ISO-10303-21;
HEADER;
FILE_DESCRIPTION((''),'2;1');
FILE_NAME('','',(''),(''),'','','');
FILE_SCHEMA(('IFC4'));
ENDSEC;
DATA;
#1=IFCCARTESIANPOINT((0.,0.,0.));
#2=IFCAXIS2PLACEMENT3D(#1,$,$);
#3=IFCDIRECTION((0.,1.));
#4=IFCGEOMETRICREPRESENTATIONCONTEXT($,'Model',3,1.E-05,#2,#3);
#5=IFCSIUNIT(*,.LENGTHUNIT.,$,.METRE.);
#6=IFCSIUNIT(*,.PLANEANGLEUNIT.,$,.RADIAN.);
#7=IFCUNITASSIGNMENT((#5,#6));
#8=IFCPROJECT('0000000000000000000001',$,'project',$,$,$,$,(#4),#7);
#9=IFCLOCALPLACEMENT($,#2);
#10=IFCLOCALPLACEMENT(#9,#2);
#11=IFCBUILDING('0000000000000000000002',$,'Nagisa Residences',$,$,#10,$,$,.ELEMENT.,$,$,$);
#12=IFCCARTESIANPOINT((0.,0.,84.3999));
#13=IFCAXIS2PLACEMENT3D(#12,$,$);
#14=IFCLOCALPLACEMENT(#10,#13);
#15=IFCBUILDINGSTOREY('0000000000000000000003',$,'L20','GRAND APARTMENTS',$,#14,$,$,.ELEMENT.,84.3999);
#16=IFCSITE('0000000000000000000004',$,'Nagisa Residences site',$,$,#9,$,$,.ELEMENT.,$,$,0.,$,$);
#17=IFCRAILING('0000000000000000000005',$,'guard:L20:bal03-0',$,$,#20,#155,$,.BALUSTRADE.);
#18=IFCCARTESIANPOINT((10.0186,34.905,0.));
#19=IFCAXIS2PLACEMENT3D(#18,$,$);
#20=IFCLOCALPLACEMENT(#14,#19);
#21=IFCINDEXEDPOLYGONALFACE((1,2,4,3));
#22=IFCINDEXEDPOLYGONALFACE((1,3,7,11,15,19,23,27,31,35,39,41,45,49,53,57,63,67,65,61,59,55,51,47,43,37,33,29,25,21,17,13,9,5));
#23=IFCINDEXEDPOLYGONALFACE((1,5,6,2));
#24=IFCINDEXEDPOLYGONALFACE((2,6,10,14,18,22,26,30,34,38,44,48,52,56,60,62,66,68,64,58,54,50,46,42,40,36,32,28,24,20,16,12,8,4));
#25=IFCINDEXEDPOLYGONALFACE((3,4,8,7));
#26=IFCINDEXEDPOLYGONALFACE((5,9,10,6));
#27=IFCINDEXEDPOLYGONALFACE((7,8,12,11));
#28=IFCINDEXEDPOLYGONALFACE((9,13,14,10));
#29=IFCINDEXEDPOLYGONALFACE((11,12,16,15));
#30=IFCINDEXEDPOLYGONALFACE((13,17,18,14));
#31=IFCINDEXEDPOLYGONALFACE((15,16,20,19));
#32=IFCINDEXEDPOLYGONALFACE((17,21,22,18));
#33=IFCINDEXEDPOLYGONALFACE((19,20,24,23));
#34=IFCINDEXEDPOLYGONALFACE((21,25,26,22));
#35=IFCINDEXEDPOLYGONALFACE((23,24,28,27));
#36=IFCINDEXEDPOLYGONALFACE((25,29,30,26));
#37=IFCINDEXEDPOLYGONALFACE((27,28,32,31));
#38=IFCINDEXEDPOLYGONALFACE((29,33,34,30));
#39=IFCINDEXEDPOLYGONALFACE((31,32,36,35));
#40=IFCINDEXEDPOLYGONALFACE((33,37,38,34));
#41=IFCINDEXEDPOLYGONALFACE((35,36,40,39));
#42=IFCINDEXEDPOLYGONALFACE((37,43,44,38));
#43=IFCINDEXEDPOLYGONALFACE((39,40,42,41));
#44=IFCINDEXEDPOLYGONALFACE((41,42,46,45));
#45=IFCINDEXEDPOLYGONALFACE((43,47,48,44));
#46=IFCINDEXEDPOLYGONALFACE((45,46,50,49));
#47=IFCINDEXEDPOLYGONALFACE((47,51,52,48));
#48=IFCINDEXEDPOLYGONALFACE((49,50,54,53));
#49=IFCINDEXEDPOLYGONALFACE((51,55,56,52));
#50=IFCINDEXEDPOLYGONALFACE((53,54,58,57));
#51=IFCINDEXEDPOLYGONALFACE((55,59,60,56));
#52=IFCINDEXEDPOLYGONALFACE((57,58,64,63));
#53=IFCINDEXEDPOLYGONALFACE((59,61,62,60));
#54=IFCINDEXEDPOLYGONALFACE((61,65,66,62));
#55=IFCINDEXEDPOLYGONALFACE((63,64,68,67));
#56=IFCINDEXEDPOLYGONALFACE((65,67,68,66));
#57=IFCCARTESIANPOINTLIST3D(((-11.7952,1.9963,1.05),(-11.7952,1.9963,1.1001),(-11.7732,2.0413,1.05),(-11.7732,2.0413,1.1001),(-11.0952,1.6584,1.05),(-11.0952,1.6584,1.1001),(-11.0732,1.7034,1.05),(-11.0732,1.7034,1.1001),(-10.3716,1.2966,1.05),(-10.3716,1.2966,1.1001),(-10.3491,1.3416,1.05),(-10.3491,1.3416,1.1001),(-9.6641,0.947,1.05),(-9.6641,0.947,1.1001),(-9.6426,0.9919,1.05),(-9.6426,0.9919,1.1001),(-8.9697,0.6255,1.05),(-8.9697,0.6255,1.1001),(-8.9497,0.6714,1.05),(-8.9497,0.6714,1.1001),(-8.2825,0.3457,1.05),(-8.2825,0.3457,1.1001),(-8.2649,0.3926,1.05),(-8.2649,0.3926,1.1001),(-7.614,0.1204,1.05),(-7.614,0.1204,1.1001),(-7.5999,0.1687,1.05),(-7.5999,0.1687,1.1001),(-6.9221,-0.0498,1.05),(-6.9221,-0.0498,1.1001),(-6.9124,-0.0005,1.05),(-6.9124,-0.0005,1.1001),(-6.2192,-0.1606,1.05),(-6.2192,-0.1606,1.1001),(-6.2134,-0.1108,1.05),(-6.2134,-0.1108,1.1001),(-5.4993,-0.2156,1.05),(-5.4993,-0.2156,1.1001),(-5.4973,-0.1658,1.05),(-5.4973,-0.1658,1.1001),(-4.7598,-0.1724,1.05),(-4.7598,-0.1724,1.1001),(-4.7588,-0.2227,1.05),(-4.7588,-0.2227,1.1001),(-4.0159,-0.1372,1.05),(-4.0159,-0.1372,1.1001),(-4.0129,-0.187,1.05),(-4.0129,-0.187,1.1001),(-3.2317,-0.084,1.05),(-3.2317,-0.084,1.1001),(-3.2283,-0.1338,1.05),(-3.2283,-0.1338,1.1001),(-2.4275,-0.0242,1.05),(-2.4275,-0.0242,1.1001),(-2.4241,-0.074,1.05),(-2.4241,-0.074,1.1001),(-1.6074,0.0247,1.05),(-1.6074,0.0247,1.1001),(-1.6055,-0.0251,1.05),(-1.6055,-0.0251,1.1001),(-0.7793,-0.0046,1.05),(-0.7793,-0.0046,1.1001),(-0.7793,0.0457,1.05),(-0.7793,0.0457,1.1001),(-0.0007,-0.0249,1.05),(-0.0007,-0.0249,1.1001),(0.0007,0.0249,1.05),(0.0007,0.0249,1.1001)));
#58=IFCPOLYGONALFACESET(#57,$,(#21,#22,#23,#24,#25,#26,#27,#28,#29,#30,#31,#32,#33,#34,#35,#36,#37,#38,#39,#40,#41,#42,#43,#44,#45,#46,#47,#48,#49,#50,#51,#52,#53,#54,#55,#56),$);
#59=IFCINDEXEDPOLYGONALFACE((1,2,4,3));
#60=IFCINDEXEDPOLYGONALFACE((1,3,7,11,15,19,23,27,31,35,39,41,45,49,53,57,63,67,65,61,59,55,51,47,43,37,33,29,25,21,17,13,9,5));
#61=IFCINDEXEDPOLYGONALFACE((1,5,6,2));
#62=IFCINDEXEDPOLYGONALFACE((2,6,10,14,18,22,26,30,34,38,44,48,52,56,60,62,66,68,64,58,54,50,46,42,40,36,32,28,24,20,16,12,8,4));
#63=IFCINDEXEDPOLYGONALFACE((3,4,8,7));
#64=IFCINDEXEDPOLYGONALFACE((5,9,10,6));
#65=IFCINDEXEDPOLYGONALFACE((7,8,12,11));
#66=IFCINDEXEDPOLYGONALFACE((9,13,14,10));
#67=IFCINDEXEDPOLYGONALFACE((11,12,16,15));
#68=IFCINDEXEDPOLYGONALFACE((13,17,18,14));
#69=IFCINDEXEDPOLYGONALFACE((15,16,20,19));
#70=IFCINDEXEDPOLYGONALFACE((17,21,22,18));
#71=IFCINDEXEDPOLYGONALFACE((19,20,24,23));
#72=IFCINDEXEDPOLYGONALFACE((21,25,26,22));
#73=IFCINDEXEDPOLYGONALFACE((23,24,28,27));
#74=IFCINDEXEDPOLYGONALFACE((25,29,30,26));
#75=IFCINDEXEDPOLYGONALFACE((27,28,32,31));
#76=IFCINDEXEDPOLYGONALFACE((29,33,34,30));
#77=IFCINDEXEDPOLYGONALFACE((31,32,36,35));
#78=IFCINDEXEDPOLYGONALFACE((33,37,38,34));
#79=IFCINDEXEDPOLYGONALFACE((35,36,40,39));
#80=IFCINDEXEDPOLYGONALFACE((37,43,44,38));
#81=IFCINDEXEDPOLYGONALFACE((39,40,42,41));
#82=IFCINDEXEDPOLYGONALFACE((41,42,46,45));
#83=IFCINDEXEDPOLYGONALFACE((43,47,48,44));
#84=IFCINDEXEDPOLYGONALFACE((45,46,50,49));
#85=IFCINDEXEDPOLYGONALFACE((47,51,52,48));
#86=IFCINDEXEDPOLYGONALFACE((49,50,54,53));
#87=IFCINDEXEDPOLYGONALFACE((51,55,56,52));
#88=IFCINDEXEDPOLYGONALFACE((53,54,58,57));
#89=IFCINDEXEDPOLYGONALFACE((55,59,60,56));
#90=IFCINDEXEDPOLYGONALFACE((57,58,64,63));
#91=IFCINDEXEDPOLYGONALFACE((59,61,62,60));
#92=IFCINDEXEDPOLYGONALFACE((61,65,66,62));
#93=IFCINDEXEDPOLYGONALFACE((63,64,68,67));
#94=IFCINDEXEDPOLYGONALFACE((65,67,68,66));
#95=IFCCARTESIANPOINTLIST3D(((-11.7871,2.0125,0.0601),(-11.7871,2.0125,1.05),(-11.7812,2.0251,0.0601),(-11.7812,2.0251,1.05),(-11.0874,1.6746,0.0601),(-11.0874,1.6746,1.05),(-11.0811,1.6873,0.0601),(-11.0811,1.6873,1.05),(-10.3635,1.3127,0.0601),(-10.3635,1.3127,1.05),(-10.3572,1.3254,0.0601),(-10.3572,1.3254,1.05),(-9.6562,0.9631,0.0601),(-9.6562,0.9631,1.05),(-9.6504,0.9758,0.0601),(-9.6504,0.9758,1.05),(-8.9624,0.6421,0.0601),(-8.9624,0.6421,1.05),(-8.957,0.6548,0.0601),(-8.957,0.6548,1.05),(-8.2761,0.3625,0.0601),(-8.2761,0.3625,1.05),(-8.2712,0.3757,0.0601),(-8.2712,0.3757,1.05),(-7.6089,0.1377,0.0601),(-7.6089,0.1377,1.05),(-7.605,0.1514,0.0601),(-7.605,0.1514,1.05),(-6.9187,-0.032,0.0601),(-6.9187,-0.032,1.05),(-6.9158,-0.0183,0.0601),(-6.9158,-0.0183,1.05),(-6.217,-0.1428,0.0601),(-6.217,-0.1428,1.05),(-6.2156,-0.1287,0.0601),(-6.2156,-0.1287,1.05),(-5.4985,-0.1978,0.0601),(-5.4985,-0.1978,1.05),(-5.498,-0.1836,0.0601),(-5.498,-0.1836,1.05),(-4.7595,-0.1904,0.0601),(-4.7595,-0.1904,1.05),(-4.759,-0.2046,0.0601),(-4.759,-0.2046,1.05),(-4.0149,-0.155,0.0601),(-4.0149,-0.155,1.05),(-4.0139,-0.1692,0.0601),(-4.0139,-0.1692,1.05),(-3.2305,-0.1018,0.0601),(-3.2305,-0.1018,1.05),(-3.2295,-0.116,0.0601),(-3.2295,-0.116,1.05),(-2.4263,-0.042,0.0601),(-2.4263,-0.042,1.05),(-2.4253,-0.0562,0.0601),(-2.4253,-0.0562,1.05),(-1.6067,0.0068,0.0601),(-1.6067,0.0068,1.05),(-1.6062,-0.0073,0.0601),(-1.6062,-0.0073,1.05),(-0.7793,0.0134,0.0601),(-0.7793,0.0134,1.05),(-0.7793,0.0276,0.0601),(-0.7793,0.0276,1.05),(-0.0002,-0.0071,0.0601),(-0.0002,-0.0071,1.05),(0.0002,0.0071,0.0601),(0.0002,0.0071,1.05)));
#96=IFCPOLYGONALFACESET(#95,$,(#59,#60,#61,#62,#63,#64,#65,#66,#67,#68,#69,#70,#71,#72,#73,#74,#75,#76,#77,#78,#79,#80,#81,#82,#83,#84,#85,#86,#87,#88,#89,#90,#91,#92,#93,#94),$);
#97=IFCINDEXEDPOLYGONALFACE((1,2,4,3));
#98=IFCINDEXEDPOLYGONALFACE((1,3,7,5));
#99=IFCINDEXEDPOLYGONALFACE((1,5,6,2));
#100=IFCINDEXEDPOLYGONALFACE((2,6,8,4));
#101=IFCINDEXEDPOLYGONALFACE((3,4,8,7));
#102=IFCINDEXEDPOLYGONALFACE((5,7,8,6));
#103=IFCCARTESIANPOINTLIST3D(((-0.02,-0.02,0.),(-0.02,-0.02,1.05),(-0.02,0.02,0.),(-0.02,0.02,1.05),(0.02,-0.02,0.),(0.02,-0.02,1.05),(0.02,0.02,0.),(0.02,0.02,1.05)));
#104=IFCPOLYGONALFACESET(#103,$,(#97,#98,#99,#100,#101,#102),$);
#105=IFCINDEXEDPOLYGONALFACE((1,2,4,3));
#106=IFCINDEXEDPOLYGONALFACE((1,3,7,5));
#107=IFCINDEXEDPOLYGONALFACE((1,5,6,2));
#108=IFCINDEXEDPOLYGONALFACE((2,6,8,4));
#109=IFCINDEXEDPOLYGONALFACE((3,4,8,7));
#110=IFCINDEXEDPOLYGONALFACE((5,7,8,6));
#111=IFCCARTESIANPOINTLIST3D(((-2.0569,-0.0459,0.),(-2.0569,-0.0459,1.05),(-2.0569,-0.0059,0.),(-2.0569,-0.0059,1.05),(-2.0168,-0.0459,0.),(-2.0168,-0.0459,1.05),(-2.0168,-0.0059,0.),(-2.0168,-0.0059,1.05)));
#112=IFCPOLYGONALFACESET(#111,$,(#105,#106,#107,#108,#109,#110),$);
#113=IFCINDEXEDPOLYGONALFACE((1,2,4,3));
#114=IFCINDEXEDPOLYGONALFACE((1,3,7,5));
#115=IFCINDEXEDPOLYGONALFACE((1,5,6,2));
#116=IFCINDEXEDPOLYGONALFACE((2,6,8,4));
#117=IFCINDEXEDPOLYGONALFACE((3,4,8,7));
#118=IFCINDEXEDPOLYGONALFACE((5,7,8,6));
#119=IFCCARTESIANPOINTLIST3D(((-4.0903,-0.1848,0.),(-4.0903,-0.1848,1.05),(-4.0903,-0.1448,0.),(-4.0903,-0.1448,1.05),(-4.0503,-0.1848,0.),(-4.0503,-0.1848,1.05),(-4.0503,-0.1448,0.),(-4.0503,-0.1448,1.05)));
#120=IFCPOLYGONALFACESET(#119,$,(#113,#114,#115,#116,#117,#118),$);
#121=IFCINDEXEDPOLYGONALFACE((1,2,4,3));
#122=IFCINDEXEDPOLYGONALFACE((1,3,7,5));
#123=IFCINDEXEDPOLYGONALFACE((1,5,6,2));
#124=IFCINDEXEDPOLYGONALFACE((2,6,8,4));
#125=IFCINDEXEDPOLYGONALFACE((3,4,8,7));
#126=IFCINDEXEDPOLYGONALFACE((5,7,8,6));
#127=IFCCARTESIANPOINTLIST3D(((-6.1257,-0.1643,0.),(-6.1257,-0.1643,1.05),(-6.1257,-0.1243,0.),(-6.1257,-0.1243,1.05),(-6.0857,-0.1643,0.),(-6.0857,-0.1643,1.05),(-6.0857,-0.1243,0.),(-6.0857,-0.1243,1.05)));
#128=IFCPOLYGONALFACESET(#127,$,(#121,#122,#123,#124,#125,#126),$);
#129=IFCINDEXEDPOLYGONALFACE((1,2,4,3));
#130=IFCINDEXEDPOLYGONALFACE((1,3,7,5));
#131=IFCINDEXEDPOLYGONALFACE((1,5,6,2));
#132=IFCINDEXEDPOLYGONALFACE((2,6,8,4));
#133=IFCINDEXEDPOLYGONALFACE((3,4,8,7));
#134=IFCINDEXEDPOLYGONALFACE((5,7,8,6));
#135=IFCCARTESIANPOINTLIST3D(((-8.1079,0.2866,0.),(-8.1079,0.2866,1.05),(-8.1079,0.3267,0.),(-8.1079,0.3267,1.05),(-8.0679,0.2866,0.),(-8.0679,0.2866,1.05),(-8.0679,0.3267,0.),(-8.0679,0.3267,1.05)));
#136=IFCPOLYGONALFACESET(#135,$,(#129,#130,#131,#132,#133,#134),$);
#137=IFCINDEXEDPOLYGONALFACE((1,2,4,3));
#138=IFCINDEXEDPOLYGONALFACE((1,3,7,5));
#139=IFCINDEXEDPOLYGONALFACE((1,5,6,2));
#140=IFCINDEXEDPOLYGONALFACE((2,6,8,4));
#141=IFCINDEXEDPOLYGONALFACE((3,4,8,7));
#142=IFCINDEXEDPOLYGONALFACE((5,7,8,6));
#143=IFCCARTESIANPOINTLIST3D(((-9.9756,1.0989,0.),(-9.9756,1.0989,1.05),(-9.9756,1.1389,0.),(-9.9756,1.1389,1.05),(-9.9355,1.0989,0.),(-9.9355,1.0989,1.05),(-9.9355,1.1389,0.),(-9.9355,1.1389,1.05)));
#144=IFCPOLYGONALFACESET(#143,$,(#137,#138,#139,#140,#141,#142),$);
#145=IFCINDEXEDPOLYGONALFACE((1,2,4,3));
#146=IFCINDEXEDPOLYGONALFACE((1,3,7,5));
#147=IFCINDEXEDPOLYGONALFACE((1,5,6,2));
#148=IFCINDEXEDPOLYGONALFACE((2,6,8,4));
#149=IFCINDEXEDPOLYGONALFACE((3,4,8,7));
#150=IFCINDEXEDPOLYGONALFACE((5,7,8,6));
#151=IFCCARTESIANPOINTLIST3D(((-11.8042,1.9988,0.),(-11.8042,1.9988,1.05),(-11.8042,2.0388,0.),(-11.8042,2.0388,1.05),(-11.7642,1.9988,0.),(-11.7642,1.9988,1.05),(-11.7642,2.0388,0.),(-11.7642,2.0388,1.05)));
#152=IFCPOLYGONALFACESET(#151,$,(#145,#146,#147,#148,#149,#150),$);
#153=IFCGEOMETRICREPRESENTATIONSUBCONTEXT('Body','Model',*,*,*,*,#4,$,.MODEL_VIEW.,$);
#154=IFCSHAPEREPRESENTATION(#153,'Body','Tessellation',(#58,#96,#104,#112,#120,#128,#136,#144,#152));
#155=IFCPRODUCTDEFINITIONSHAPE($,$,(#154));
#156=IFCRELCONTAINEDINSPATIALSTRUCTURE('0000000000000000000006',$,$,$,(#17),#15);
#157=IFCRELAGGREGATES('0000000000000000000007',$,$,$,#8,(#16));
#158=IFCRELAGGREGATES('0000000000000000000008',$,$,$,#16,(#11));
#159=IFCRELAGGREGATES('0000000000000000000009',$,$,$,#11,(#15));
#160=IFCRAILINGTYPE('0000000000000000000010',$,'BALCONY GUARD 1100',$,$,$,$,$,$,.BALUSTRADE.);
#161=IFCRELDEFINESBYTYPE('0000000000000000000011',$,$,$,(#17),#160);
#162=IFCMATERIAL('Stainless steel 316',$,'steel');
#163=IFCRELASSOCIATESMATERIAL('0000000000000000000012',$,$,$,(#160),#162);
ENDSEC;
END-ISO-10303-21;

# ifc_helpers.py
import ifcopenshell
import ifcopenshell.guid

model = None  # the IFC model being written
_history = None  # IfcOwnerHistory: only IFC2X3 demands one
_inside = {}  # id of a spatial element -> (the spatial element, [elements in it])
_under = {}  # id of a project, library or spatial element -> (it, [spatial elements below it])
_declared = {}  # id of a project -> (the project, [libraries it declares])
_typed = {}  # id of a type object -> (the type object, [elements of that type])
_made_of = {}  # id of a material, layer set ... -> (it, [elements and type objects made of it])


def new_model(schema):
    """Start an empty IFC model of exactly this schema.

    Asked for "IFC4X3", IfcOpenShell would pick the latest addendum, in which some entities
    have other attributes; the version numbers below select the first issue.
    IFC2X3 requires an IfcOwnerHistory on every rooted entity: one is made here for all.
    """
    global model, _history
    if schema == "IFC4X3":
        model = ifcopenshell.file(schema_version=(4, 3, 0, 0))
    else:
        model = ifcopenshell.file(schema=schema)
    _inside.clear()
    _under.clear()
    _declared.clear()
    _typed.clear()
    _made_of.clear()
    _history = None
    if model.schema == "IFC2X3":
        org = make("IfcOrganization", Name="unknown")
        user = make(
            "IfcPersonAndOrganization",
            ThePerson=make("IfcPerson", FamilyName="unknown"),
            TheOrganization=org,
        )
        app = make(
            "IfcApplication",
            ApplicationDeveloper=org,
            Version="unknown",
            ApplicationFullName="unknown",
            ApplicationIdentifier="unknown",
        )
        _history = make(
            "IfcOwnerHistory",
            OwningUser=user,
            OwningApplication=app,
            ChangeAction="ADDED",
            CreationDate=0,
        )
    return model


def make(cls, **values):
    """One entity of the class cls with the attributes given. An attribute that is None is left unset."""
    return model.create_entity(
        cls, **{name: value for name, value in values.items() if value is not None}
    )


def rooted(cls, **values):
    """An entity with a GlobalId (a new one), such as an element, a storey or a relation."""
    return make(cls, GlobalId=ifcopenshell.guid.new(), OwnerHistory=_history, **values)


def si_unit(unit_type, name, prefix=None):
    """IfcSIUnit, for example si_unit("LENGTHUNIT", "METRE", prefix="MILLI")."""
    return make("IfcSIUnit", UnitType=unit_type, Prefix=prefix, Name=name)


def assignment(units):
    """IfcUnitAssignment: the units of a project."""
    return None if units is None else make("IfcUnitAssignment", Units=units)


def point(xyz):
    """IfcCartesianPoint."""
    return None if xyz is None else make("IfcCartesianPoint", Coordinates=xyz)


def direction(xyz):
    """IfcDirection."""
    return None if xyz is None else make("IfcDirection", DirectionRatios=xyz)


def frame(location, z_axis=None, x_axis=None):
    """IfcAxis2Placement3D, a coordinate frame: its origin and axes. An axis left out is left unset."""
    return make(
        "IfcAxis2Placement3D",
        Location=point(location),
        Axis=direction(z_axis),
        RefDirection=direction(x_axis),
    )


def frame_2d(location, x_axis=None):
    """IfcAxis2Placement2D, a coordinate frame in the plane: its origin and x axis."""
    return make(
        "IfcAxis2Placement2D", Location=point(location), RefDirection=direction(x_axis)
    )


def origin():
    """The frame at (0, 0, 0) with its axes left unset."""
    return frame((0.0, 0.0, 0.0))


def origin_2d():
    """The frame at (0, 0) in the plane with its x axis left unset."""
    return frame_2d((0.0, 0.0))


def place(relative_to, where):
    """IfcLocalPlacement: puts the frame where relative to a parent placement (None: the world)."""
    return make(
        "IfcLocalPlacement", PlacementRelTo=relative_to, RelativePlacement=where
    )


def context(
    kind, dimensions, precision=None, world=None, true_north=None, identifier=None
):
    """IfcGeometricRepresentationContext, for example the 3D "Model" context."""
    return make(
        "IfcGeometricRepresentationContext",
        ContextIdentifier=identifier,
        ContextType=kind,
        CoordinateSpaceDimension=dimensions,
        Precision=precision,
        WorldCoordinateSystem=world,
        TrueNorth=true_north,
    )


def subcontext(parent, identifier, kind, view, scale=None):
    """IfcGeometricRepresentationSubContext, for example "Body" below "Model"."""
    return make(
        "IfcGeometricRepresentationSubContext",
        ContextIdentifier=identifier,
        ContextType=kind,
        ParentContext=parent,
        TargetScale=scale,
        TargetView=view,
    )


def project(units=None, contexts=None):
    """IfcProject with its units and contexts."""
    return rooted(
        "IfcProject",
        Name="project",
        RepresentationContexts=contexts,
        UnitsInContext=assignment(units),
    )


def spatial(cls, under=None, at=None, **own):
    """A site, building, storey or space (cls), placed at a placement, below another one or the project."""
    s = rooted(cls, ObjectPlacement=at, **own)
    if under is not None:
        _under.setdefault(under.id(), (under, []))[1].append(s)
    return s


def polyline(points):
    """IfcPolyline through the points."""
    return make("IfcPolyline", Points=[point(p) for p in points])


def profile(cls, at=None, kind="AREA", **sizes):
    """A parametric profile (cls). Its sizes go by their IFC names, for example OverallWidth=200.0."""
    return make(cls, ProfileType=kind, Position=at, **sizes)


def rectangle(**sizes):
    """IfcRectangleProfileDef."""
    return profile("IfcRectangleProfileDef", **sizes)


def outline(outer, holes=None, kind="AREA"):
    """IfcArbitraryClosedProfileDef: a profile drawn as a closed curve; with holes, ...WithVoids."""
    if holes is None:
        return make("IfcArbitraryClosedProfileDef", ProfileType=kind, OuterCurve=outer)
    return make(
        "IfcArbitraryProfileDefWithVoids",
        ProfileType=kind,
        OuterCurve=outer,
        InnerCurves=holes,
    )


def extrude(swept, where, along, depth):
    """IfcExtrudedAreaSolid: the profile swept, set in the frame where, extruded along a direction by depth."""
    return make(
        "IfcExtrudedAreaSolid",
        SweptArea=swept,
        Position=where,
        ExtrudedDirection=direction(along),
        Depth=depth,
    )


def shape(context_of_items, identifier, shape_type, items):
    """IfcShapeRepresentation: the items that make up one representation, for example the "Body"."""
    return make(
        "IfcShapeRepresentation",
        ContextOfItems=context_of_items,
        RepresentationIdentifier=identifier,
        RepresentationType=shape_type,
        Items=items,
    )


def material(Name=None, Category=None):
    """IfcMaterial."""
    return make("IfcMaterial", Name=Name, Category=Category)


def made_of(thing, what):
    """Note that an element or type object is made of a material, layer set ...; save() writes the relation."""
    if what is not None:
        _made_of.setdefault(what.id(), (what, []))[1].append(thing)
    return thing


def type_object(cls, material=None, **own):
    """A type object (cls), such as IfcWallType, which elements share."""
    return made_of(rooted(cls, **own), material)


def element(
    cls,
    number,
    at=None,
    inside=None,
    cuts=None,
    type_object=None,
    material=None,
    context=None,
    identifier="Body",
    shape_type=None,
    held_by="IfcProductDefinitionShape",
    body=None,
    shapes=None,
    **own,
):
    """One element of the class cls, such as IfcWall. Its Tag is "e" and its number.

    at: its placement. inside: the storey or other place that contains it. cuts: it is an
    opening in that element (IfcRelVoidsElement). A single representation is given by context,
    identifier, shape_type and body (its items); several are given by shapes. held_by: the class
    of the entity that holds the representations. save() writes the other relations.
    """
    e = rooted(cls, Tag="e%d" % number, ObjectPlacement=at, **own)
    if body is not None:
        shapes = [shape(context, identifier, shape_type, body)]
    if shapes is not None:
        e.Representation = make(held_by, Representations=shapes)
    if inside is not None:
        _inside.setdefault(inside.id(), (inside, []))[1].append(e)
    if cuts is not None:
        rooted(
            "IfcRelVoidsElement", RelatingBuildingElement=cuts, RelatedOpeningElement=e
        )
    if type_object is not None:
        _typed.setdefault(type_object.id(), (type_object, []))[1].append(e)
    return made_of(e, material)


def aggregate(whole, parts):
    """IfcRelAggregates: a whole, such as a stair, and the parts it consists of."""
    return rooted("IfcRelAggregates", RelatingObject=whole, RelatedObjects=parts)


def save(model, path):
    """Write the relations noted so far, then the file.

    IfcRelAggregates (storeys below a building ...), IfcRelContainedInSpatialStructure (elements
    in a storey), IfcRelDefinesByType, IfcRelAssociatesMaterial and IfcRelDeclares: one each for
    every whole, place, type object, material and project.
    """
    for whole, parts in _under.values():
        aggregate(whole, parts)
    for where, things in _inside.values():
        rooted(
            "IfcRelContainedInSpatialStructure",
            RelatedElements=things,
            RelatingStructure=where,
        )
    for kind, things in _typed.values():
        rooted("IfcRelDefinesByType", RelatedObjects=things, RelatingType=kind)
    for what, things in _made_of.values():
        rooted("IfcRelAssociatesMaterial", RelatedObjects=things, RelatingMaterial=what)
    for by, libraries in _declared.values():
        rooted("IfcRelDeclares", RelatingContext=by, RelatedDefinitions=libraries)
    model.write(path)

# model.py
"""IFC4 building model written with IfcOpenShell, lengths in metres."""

from ifc_helpers import new_model, si_unit, direction, frame, origin, origin_2d, place, context, subcontext, project, spatial, polyline, rectangle, outline, extrude, material, type_object, element, save


model = new_model("IFC4")

# Units and contexts
model_context = context("Model", 3, precision=1e-05, world=origin(), true_north=direction((0.0, 1.0)))
body_context = subcontext(model_context, "Body", "Model", "MODEL_VIEW")
ifc_project = project(units=[si_unit("LENGTHUNIT", "METRE"), si_unit("PLANEANGLEUNIT", "RADIAN")], contexts=[model_context])

# Site, building, storey
site_placement = place(None, origin())
site = spatial("IfcSite", under=ifc_project, at=site_placement, Name="Nagisa Residences site", CompositionType="ELEMENT", RefElevation=0.0)
building_placement = place(site_placement, origin())
building = spatial("IfcBuilding", under=site, at=building_placement, Name="Nagisa Residences", CompositionType="ELEMENT")
storey_placement = place(building_placement, frame((0.0, 0.0, 84.3999)))
storey = spatial("IfcBuildingStorey", under=building, at=storey_placement, Name="L20", Description="GRAND APARTMENTS", CompositionType="ELEMENT", Elevation=84.3999)

# Railing
ifc_material_1 = material(Name="Stainless steel 316", Category="steel")
railing_type = type_object("IfcRailingType", Name="BALCONY GUARD 1100", PredefinedType="BALUSTRADE", material=ifc_material_1)
railing_placement = place(storey_placement, frame((10.0186, 34.905, 0.0)))
element("IfcRailing", 1, at=railing_placement, inside=storey, type_object=railing_type, Name="guard:L20:bal03-0", PredefinedType="BALUSTRADE", context=body_context, shape_type="SweptSolid", body=[
    extrude(outline(polyline([(-0.7793, -0.0046), (-0.0007, -0.0249), (0.0007, 0.0249), (-0.7793, 0.0457), (-1.6074, 0.0247), (-2.4275, -0.0242), (-3.2317, -0.084), (-4.0159, -0.1372), (-4.7598, -0.1724), (-5.4973, -0.1658), (-6.2134, -0.1108), (-6.9124, -0.0005), (-7.5999, 0.1687), (-8.2649, 0.3926), (-8.9497, 0.6714), (-9.6426, 0.9919), (-10.3491, 1.3416), (-11.0732, 1.7034), (-11.7732, 2.0413), (-11.7952, 1.9963), (-11.0952, 1.6584), (-10.3716, 1.2966), (-9.6641, 0.947), (-8.9697, 0.6255), (-8.2825, 0.3457), (-7.614, 0.1204), (-6.9221, -0.0498), (-6.2192, -0.1606), (-5.4993, -0.2156), (-4.7588, -0.2227), (-4.0129, -0.187), (-3.2283, -0.1338), (-2.4241, -0.074), (-1.6055, -0.0251), (-0.7793, -0.0046)])), frame((0.0, 0.0, 1.05)), (0.0, 0.0, 1.0), 0.05),
    extrude(outline(polyline([(-0.7793, 0.0134), (-0.0002, -0.0071), (0.0002, 0.0071), (-0.7793, 0.0276), (-1.6067, 0.0068), (-2.4263, -0.042), (-3.2305, -0.1018), (-4.0149, -0.155), (-4.7595, -0.1904), (-5.498, -0.1836), (-6.2156, -0.1287), (-6.9158, -0.0183), (-7.605, 0.1514), (-8.2712, 0.3757), (-8.957, 0.6548), (-9.6504, 0.9758), (-10.3572, 1.3254), (-11.0811, 1.6873), (-11.7812, 2.0251), (-11.7871, 2.0125), (-11.0874, 1.6746), (-10.3635, 1.3127), (-9.6562, 0.9631), (-8.9624, 0.6421), (-8.2761, 0.3625), (-7.6089, 0.1377), (-6.9187, -0.032), (-6.217, -0.1428), (-5.4985, -0.1978), (-4.759, -0.2046), (-4.0139, -0.1692), (-3.2295, -0.116), (-2.4253, -0.0562), (-1.6062, -0.0073), (-0.7793, 0.0134)])), frame((0.0, 0.0, 0.0601)), (0.0, 0.0, 1.0), 0.99),
    extrude(rectangle(XDim=0.04, YDim=0.04, at=origin_2d()), origin(), (0.0, 0.0, 1.0), 1.05),
    extrude(rectangle(XDim=0.04, YDim=0.04, at=origin_2d()), frame((-2.0369, -0.0259, 0.0)), (0.0, 0.0, 1.0), 1.05),
    extrude(rectangle(XDim=0.04, YDim=0.04, at=origin_2d()), frame((-4.0703, -0.1648, 0.0)), (0.0, 0.0, 1.0), 1.05),
    extrude(rectangle(XDim=0.04, YDim=0.04, at=origin_2d()), frame((-6.1057, -0.1443, 0.0)), (0.0, 0.0, 1.0), 1.05),
    extrude(rectangle(XDim=0.04, YDim=0.04, at=origin_2d()), frame((-8.0879, 0.3066, 0.0)), (0.0, 0.0, 1.0), 1.05),
    extrude(rectangle(XDim=0.04, YDim=0.04, at=origin_2d()), frame((-9.9556, 1.1189, 0.0)), (0.0, 0.0, 1.0), 1.05),
    extrude(rectangle(XDim=0.04, YDim=0.04, at=origin_2d()), frame((-11.7842, 2.0188, 0.0)), (0.0, 0.0, 1.0), 1.05),
])

save(model, "model.ifc")
